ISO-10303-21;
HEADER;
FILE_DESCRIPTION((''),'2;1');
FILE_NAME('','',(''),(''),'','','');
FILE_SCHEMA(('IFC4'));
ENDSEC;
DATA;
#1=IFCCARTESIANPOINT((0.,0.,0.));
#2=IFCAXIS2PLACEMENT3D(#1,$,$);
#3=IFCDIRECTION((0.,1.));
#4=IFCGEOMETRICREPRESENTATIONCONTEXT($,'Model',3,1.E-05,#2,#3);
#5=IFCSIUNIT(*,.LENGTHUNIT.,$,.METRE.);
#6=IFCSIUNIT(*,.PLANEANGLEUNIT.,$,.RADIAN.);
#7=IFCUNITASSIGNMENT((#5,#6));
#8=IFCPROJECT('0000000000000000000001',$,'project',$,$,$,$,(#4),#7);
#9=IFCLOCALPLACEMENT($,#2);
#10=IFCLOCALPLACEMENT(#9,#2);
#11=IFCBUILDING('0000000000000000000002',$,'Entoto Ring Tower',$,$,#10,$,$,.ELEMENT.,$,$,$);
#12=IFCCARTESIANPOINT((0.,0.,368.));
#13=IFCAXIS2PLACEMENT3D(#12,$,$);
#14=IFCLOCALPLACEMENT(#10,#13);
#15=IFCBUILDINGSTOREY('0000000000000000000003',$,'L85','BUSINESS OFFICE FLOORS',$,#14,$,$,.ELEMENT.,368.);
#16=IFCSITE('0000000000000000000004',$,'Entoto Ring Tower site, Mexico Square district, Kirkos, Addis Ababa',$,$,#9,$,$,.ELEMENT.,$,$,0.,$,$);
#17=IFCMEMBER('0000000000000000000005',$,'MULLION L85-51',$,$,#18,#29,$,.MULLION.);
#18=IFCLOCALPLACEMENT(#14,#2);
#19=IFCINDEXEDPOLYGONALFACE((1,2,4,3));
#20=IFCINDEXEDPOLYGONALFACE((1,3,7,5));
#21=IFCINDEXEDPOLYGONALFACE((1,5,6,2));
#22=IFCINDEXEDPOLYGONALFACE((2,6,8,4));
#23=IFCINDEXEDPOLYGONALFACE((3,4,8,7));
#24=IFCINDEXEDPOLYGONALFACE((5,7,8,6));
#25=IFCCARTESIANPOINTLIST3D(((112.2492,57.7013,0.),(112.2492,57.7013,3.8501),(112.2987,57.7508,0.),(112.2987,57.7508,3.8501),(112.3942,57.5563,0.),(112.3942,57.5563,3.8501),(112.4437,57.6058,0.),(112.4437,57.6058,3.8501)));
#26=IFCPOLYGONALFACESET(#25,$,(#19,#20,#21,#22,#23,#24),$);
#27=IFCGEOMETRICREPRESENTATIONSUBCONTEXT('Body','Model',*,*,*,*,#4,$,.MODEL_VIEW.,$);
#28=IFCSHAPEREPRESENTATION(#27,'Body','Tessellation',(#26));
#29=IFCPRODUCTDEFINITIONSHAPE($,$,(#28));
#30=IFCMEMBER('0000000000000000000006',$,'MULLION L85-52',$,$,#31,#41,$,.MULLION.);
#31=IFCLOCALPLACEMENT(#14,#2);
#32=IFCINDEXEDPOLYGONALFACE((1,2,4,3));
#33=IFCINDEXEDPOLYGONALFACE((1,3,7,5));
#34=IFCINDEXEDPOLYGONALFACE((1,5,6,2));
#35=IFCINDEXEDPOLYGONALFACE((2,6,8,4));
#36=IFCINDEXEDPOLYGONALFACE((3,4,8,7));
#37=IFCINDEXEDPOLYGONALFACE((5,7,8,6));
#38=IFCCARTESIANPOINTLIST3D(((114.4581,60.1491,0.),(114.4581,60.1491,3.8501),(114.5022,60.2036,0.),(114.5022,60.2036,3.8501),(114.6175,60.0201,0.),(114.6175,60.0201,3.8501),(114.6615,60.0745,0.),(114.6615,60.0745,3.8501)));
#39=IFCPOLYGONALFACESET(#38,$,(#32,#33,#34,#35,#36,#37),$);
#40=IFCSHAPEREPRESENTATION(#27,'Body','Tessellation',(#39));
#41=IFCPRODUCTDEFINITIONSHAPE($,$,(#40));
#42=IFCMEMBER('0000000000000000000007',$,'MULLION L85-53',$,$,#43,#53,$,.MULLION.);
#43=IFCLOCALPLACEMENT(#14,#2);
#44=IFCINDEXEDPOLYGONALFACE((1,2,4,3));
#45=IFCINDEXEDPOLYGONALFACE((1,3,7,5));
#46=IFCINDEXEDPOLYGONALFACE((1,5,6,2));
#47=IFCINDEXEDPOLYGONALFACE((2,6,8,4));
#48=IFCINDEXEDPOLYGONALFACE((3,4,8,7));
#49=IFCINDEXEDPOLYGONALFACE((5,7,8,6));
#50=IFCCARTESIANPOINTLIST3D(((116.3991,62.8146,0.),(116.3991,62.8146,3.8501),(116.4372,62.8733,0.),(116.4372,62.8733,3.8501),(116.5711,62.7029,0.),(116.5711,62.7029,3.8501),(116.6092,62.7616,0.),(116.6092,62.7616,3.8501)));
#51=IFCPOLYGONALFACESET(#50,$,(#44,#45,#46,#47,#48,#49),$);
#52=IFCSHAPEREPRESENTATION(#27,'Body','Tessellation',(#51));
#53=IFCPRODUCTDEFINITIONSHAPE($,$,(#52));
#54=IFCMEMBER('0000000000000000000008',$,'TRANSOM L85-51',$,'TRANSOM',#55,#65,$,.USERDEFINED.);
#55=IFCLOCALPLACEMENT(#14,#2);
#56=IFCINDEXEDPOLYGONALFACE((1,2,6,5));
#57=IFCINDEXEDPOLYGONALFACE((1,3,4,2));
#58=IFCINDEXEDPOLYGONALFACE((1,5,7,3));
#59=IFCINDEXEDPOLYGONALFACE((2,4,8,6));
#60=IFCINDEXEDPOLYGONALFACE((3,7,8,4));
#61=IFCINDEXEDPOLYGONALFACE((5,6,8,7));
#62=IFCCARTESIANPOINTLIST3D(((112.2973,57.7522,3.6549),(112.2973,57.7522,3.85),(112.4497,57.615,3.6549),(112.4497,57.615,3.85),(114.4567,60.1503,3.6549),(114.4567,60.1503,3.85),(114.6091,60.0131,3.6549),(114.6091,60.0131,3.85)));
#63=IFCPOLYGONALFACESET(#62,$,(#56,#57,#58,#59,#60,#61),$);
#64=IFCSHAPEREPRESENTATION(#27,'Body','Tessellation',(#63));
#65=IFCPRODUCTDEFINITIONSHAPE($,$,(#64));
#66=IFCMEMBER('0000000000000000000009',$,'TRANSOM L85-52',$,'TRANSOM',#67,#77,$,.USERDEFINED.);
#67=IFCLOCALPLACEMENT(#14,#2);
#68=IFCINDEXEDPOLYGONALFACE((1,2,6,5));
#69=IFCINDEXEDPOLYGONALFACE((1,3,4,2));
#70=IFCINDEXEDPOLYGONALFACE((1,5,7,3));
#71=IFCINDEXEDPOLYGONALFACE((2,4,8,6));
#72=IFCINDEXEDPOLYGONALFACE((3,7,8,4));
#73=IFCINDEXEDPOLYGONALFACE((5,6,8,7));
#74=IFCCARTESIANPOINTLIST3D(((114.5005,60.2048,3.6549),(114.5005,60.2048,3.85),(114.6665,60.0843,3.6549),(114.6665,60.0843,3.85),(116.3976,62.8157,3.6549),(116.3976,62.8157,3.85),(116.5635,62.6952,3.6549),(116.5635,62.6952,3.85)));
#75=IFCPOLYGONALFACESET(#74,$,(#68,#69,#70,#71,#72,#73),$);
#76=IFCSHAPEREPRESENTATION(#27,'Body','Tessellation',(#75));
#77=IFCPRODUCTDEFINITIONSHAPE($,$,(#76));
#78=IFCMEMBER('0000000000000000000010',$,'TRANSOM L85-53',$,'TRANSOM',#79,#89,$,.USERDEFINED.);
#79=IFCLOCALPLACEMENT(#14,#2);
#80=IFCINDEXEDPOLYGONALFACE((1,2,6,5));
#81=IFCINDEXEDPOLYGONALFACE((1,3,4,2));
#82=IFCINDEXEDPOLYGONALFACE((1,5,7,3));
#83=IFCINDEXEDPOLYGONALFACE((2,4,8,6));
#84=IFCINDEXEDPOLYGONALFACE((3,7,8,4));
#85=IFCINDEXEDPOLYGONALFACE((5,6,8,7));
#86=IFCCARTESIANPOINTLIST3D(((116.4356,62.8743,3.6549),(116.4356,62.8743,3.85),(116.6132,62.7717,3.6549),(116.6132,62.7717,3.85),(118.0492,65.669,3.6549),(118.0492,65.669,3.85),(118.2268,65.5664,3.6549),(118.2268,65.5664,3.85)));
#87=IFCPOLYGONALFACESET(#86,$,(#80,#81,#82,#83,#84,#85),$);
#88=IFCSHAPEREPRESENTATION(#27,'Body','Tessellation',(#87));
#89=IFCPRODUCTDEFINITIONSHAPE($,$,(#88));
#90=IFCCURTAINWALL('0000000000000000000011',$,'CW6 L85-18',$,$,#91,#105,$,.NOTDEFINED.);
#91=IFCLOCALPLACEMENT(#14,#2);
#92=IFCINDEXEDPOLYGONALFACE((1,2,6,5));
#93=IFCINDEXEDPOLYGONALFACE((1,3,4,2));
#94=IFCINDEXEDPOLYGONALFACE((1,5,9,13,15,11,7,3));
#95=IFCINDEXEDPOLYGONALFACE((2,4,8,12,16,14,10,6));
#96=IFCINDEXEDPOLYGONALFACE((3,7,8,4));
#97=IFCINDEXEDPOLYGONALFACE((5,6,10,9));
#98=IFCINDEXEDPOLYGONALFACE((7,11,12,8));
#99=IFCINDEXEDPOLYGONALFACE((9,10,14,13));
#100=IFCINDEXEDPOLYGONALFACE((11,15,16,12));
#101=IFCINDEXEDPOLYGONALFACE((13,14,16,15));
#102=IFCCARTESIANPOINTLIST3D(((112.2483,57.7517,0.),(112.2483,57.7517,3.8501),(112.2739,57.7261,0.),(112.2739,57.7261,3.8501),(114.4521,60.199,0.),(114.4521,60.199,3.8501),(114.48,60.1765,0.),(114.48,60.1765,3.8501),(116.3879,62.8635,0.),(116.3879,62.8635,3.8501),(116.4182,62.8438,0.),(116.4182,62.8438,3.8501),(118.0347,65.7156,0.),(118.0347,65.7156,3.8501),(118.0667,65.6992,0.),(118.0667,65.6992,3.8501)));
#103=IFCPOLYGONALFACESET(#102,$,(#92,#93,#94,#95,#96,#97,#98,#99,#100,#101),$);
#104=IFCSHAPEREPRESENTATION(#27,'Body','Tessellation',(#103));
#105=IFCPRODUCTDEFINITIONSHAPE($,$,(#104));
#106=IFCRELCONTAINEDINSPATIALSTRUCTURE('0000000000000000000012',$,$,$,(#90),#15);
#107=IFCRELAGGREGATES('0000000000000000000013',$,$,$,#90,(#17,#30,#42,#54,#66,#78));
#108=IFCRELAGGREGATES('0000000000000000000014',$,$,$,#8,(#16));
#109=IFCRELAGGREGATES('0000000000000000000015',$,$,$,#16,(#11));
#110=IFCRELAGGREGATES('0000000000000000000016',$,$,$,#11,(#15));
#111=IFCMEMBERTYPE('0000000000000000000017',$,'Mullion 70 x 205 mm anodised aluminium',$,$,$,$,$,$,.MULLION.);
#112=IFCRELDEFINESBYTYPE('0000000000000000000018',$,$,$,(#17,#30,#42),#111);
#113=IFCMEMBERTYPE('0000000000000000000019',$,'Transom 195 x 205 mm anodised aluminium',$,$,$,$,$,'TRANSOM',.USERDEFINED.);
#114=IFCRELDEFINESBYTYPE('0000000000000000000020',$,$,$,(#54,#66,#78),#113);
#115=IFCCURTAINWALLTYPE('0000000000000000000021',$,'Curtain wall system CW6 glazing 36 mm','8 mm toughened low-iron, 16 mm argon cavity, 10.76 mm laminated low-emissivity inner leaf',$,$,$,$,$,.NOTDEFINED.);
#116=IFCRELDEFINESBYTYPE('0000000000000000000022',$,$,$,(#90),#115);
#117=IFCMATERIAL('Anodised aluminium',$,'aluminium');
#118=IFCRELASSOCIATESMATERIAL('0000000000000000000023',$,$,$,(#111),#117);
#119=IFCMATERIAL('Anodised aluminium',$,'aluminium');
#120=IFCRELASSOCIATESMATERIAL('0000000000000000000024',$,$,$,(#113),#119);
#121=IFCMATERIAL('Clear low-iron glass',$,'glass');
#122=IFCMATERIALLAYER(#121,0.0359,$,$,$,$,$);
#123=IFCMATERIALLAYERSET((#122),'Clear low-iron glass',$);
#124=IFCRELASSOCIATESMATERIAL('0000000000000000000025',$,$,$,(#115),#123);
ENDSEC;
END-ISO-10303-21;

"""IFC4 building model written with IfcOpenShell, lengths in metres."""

from ifc_helpers import new_model, si_unit, direction, frame, origin, origin_2d, place, context, subcontext, project, spatial, polyline, rectangle, outline, extrude, material, layer, layer_set, material_profile, profile_set, type_object, element, aggregate, save


model = new_model("IFC4")

# Units and contexts
model_context = context("Model", 3, precision=1e-05, world=origin(), true_north=direction((0.0, 1.0)))
body_context = subcontext(model_context, "Body", "Model", "MODEL_VIEW")
ifc_project = project(units=[si_unit("LENGTHUNIT", "METRE"), si_unit("PLANEANGLEUNIT", "RADIAN")], contexts=[model_context])

# Members
ifc_material_1 = material(Name="Anodised aluminium", Category="aluminium")
ifc_material_profile_1 = material_profile(ifc_material_1, rectangle(XDim=0.0701, YDim=0.2051, at=origin_2d()), Name="Mullion 70 x 205 mm anodised aluminium")
ifc_profile_set_1 = profile_set([ifc_material_profile_1], Name="Anodised aluminium")
member_type_1 = type_object("IfcMemberType", Name="Mullion 70 x 205 mm anodised aluminium", PredefinedType="MULLION", material=ifc_profile_set_1)
site_placement = place(None, origin())
building_placement = place(site_placement, origin())
storey_placement = place(building_placement, frame((0.0, 0.0, 368.0)))
member_1_placement = place(storey_placement, frame((112.3464, 57.6536, 0.0), z_axis=(0.0, 0.0, 1.0), x_axis=(0.707107, 0.707107, 0.0)))
member_1 = element("IfcMember", 1, at=member_1_placement, type_object=member_type_1, Name="MULLION L85-51", PredefinedType="MULLION", context=body_context, shape_type="SweptSolid", body=[
    extrude(rectangle(XDim=0.0701, YDim=0.2051, at=origin_2d()), origin(), (0.0, 0.0, 1.0), 3.8501),
])
member_2_placement = place(storey_placement, frame((114.5598, 60.1118, 0.0), z_axis=(0.0, 0.0, 1.0), x_axis=(0.62932, 0.777146, 0.0)))
member_2 = element("IfcMember", 2, at=member_2_placement, type_object=member_type_1, Name="MULLION L85-52", PredefinedType="MULLION", context=body_context, shape_type="SweptSolid", body=[
    extrude(rectangle(XDim=0.0701, YDim=0.2051, at=origin_2d()), origin(), (0.0, 0.0, 1.0), 3.8501),
])
member_3_placement = place(storey_placement, frame((116.5042, 62.7881, 0.0), z_axis=(0.0, 0.0, 1.0), x_axis=(0.544639, 0.838671, 0.0)))
member_3 = element("IfcMember", 3, at=member_3_placement, type_object=member_type_1, Name="MULLION L85-53", PredefinedType="MULLION", context=body_context, shape_type="SweptSolid", body=[
    extrude(rectangle(XDim=0.0701, YDim=0.2051, at=origin_2d()), origin(), (0.0, 0.0, 1.0), 3.8501),
])
ifc_material_2 = material(Name="Anodised aluminium", Category="aluminium")
ifc_material_profile_2 = material_profile(ifc_material_2, rectangle(XDim=0.2051, YDim=0.1951, at=origin_2d()), Name="Transom 195 x 205 mm anodised aluminium")
ifc_profile_set_2 = profile_set([ifc_material_profile_2], Name="Anodised aluminium")
member_type_2 = type_object("IfcMemberType", Name="Transom 195 x 205 mm anodised aluminium", ElementType="TRANSOM", PredefinedType="USERDEFINED", material=ifc_profile_set_2)
member_4_placement = place(storey_placement, frame((112.3735, 57.6836, 3.7524), z_axis=(0.669144, 0.743132, 0.0), x_axis=(-0.743132, 0.669144, 0.0)))
member_4 = element("IfcMember", 4, at=member_4_placement, type_object=member_type_2, Name="TRANSOM L85-51", ObjectType="TRANSOM", PredefinedType="USERDEFINED", context=body_context, shape_type="SweptSolid", body=[
    extrude(rectangle(XDim=0.2051, YDim=0.1951, at=origin_2d()), origin(), (0.0, 0.0, 1.0), 3.2271),
])
member_5_placement = place(storey_placement, frame((114.5835, 60.1445, 3.7524), z_axis=(0.587803, 0.809004, 0.0), x_axis=(-0.809004, 0.587803, 0.0)))
member_5 = element("IfcMember", 5, at=member_5_placement, type_object=member_type_2, Name="TRANSOM L85-52", ObjectType="TRANSOM", PredefinedType="USERDEFINED", context=body_context, shape_type="SweptSolid", body=[
    extrude(rectangle(XDim=0.2051, YDim=0.1951, at=origin_2d()), origin(), (0.0, 0.0, 1.0), 3.2273),
])
member_6_placement = place(storey_placement, frame((116.5244, 62.823, 3.7524), z_axis=(0.500004, 0.866023, 0.0), x_axis=(-0.866023, 0.500004, 0.0)))
member_6 = element("IfcMember", 6, at=member_6_placement, type_object=member_type_2, Name="TRANSOM L85-53", ObjectType="TRANSOM", PredefinedType="USERDEFINED", context=body_context, shape_type="SweptSolid", body=[
    extrude(rectangle(XDim=0.2051, YDim=0.1951, at=origin_2d()), origin(), (0.0, 0.0, 1.0), 3.2271),
])

# Site, building, storey
site = spatial("IfcSite", under=ifc_project, at=site_placement, Name="Entoto Ring Tower site, Mexico Square district, Kirkos, Addis Ababa", CompositionType="ELEMENT", RefElevation=0.0)
building = spatial("IfcBuilding", under=site, at=building_placement, Name="Entoto Ring Tower", CompositionType="ELEMENT")
storey = spatial("IfcBuildingStorey", under=building, at=storey_placement, Name="L85", Description="BUSINESS OFFICE FLOORS", CompositionType="ELEMENT", Elevation=368.0)

# Curtain wall
ifc_material_3 = material(Name="Clear low-iron glass", Category="glass")
ifc_layer = layer(ifc_material_3, 0.0359)
ifc_layer_set = layer_set([ifc_layer], Name="Clear low-iron glass")
curtain_wall_type = type_object("IfcCurtainWallType", Name="Curtain wall system CW6 glazing 36 mm", Description="8 mm toughened low-iron, 16 mm argon cavity, 10.76 mm laminated low-emissivity inner leaf", PredefinedType="NOTDEFINED", material=ifc_layer_set)
curtain_wall_1_placement = place(storey_placement, origin())
curtain_wall_1 = element("IfcCurtainWall", 7, at=curtain_wall_1_placement, inside=storey, type_object=curtain_wall_type, Name="CW6 L85-18", PredefinedType="NOTDEFINED", context=body_context, shape_type="SweptSolid", body=[
    extrude(outline(polyline([(112.2739, 57.7261), (114.48, 60.1765), (116.4182, 62.8438), (118.0667, 65.6992), (118.0347, 65.7156), (116.3879, 62.8635), (114.4521, 60.199), (112.2483, 57.7517), (112.2739, 57.7261)])), origin(), (0.0, 0.0, 1.0), 3.8501),
])
aggregate(curtain_wall_1, [member_1, member_2, member_3, member_4, member_5, member_6])

save(model, "model.ifc")
